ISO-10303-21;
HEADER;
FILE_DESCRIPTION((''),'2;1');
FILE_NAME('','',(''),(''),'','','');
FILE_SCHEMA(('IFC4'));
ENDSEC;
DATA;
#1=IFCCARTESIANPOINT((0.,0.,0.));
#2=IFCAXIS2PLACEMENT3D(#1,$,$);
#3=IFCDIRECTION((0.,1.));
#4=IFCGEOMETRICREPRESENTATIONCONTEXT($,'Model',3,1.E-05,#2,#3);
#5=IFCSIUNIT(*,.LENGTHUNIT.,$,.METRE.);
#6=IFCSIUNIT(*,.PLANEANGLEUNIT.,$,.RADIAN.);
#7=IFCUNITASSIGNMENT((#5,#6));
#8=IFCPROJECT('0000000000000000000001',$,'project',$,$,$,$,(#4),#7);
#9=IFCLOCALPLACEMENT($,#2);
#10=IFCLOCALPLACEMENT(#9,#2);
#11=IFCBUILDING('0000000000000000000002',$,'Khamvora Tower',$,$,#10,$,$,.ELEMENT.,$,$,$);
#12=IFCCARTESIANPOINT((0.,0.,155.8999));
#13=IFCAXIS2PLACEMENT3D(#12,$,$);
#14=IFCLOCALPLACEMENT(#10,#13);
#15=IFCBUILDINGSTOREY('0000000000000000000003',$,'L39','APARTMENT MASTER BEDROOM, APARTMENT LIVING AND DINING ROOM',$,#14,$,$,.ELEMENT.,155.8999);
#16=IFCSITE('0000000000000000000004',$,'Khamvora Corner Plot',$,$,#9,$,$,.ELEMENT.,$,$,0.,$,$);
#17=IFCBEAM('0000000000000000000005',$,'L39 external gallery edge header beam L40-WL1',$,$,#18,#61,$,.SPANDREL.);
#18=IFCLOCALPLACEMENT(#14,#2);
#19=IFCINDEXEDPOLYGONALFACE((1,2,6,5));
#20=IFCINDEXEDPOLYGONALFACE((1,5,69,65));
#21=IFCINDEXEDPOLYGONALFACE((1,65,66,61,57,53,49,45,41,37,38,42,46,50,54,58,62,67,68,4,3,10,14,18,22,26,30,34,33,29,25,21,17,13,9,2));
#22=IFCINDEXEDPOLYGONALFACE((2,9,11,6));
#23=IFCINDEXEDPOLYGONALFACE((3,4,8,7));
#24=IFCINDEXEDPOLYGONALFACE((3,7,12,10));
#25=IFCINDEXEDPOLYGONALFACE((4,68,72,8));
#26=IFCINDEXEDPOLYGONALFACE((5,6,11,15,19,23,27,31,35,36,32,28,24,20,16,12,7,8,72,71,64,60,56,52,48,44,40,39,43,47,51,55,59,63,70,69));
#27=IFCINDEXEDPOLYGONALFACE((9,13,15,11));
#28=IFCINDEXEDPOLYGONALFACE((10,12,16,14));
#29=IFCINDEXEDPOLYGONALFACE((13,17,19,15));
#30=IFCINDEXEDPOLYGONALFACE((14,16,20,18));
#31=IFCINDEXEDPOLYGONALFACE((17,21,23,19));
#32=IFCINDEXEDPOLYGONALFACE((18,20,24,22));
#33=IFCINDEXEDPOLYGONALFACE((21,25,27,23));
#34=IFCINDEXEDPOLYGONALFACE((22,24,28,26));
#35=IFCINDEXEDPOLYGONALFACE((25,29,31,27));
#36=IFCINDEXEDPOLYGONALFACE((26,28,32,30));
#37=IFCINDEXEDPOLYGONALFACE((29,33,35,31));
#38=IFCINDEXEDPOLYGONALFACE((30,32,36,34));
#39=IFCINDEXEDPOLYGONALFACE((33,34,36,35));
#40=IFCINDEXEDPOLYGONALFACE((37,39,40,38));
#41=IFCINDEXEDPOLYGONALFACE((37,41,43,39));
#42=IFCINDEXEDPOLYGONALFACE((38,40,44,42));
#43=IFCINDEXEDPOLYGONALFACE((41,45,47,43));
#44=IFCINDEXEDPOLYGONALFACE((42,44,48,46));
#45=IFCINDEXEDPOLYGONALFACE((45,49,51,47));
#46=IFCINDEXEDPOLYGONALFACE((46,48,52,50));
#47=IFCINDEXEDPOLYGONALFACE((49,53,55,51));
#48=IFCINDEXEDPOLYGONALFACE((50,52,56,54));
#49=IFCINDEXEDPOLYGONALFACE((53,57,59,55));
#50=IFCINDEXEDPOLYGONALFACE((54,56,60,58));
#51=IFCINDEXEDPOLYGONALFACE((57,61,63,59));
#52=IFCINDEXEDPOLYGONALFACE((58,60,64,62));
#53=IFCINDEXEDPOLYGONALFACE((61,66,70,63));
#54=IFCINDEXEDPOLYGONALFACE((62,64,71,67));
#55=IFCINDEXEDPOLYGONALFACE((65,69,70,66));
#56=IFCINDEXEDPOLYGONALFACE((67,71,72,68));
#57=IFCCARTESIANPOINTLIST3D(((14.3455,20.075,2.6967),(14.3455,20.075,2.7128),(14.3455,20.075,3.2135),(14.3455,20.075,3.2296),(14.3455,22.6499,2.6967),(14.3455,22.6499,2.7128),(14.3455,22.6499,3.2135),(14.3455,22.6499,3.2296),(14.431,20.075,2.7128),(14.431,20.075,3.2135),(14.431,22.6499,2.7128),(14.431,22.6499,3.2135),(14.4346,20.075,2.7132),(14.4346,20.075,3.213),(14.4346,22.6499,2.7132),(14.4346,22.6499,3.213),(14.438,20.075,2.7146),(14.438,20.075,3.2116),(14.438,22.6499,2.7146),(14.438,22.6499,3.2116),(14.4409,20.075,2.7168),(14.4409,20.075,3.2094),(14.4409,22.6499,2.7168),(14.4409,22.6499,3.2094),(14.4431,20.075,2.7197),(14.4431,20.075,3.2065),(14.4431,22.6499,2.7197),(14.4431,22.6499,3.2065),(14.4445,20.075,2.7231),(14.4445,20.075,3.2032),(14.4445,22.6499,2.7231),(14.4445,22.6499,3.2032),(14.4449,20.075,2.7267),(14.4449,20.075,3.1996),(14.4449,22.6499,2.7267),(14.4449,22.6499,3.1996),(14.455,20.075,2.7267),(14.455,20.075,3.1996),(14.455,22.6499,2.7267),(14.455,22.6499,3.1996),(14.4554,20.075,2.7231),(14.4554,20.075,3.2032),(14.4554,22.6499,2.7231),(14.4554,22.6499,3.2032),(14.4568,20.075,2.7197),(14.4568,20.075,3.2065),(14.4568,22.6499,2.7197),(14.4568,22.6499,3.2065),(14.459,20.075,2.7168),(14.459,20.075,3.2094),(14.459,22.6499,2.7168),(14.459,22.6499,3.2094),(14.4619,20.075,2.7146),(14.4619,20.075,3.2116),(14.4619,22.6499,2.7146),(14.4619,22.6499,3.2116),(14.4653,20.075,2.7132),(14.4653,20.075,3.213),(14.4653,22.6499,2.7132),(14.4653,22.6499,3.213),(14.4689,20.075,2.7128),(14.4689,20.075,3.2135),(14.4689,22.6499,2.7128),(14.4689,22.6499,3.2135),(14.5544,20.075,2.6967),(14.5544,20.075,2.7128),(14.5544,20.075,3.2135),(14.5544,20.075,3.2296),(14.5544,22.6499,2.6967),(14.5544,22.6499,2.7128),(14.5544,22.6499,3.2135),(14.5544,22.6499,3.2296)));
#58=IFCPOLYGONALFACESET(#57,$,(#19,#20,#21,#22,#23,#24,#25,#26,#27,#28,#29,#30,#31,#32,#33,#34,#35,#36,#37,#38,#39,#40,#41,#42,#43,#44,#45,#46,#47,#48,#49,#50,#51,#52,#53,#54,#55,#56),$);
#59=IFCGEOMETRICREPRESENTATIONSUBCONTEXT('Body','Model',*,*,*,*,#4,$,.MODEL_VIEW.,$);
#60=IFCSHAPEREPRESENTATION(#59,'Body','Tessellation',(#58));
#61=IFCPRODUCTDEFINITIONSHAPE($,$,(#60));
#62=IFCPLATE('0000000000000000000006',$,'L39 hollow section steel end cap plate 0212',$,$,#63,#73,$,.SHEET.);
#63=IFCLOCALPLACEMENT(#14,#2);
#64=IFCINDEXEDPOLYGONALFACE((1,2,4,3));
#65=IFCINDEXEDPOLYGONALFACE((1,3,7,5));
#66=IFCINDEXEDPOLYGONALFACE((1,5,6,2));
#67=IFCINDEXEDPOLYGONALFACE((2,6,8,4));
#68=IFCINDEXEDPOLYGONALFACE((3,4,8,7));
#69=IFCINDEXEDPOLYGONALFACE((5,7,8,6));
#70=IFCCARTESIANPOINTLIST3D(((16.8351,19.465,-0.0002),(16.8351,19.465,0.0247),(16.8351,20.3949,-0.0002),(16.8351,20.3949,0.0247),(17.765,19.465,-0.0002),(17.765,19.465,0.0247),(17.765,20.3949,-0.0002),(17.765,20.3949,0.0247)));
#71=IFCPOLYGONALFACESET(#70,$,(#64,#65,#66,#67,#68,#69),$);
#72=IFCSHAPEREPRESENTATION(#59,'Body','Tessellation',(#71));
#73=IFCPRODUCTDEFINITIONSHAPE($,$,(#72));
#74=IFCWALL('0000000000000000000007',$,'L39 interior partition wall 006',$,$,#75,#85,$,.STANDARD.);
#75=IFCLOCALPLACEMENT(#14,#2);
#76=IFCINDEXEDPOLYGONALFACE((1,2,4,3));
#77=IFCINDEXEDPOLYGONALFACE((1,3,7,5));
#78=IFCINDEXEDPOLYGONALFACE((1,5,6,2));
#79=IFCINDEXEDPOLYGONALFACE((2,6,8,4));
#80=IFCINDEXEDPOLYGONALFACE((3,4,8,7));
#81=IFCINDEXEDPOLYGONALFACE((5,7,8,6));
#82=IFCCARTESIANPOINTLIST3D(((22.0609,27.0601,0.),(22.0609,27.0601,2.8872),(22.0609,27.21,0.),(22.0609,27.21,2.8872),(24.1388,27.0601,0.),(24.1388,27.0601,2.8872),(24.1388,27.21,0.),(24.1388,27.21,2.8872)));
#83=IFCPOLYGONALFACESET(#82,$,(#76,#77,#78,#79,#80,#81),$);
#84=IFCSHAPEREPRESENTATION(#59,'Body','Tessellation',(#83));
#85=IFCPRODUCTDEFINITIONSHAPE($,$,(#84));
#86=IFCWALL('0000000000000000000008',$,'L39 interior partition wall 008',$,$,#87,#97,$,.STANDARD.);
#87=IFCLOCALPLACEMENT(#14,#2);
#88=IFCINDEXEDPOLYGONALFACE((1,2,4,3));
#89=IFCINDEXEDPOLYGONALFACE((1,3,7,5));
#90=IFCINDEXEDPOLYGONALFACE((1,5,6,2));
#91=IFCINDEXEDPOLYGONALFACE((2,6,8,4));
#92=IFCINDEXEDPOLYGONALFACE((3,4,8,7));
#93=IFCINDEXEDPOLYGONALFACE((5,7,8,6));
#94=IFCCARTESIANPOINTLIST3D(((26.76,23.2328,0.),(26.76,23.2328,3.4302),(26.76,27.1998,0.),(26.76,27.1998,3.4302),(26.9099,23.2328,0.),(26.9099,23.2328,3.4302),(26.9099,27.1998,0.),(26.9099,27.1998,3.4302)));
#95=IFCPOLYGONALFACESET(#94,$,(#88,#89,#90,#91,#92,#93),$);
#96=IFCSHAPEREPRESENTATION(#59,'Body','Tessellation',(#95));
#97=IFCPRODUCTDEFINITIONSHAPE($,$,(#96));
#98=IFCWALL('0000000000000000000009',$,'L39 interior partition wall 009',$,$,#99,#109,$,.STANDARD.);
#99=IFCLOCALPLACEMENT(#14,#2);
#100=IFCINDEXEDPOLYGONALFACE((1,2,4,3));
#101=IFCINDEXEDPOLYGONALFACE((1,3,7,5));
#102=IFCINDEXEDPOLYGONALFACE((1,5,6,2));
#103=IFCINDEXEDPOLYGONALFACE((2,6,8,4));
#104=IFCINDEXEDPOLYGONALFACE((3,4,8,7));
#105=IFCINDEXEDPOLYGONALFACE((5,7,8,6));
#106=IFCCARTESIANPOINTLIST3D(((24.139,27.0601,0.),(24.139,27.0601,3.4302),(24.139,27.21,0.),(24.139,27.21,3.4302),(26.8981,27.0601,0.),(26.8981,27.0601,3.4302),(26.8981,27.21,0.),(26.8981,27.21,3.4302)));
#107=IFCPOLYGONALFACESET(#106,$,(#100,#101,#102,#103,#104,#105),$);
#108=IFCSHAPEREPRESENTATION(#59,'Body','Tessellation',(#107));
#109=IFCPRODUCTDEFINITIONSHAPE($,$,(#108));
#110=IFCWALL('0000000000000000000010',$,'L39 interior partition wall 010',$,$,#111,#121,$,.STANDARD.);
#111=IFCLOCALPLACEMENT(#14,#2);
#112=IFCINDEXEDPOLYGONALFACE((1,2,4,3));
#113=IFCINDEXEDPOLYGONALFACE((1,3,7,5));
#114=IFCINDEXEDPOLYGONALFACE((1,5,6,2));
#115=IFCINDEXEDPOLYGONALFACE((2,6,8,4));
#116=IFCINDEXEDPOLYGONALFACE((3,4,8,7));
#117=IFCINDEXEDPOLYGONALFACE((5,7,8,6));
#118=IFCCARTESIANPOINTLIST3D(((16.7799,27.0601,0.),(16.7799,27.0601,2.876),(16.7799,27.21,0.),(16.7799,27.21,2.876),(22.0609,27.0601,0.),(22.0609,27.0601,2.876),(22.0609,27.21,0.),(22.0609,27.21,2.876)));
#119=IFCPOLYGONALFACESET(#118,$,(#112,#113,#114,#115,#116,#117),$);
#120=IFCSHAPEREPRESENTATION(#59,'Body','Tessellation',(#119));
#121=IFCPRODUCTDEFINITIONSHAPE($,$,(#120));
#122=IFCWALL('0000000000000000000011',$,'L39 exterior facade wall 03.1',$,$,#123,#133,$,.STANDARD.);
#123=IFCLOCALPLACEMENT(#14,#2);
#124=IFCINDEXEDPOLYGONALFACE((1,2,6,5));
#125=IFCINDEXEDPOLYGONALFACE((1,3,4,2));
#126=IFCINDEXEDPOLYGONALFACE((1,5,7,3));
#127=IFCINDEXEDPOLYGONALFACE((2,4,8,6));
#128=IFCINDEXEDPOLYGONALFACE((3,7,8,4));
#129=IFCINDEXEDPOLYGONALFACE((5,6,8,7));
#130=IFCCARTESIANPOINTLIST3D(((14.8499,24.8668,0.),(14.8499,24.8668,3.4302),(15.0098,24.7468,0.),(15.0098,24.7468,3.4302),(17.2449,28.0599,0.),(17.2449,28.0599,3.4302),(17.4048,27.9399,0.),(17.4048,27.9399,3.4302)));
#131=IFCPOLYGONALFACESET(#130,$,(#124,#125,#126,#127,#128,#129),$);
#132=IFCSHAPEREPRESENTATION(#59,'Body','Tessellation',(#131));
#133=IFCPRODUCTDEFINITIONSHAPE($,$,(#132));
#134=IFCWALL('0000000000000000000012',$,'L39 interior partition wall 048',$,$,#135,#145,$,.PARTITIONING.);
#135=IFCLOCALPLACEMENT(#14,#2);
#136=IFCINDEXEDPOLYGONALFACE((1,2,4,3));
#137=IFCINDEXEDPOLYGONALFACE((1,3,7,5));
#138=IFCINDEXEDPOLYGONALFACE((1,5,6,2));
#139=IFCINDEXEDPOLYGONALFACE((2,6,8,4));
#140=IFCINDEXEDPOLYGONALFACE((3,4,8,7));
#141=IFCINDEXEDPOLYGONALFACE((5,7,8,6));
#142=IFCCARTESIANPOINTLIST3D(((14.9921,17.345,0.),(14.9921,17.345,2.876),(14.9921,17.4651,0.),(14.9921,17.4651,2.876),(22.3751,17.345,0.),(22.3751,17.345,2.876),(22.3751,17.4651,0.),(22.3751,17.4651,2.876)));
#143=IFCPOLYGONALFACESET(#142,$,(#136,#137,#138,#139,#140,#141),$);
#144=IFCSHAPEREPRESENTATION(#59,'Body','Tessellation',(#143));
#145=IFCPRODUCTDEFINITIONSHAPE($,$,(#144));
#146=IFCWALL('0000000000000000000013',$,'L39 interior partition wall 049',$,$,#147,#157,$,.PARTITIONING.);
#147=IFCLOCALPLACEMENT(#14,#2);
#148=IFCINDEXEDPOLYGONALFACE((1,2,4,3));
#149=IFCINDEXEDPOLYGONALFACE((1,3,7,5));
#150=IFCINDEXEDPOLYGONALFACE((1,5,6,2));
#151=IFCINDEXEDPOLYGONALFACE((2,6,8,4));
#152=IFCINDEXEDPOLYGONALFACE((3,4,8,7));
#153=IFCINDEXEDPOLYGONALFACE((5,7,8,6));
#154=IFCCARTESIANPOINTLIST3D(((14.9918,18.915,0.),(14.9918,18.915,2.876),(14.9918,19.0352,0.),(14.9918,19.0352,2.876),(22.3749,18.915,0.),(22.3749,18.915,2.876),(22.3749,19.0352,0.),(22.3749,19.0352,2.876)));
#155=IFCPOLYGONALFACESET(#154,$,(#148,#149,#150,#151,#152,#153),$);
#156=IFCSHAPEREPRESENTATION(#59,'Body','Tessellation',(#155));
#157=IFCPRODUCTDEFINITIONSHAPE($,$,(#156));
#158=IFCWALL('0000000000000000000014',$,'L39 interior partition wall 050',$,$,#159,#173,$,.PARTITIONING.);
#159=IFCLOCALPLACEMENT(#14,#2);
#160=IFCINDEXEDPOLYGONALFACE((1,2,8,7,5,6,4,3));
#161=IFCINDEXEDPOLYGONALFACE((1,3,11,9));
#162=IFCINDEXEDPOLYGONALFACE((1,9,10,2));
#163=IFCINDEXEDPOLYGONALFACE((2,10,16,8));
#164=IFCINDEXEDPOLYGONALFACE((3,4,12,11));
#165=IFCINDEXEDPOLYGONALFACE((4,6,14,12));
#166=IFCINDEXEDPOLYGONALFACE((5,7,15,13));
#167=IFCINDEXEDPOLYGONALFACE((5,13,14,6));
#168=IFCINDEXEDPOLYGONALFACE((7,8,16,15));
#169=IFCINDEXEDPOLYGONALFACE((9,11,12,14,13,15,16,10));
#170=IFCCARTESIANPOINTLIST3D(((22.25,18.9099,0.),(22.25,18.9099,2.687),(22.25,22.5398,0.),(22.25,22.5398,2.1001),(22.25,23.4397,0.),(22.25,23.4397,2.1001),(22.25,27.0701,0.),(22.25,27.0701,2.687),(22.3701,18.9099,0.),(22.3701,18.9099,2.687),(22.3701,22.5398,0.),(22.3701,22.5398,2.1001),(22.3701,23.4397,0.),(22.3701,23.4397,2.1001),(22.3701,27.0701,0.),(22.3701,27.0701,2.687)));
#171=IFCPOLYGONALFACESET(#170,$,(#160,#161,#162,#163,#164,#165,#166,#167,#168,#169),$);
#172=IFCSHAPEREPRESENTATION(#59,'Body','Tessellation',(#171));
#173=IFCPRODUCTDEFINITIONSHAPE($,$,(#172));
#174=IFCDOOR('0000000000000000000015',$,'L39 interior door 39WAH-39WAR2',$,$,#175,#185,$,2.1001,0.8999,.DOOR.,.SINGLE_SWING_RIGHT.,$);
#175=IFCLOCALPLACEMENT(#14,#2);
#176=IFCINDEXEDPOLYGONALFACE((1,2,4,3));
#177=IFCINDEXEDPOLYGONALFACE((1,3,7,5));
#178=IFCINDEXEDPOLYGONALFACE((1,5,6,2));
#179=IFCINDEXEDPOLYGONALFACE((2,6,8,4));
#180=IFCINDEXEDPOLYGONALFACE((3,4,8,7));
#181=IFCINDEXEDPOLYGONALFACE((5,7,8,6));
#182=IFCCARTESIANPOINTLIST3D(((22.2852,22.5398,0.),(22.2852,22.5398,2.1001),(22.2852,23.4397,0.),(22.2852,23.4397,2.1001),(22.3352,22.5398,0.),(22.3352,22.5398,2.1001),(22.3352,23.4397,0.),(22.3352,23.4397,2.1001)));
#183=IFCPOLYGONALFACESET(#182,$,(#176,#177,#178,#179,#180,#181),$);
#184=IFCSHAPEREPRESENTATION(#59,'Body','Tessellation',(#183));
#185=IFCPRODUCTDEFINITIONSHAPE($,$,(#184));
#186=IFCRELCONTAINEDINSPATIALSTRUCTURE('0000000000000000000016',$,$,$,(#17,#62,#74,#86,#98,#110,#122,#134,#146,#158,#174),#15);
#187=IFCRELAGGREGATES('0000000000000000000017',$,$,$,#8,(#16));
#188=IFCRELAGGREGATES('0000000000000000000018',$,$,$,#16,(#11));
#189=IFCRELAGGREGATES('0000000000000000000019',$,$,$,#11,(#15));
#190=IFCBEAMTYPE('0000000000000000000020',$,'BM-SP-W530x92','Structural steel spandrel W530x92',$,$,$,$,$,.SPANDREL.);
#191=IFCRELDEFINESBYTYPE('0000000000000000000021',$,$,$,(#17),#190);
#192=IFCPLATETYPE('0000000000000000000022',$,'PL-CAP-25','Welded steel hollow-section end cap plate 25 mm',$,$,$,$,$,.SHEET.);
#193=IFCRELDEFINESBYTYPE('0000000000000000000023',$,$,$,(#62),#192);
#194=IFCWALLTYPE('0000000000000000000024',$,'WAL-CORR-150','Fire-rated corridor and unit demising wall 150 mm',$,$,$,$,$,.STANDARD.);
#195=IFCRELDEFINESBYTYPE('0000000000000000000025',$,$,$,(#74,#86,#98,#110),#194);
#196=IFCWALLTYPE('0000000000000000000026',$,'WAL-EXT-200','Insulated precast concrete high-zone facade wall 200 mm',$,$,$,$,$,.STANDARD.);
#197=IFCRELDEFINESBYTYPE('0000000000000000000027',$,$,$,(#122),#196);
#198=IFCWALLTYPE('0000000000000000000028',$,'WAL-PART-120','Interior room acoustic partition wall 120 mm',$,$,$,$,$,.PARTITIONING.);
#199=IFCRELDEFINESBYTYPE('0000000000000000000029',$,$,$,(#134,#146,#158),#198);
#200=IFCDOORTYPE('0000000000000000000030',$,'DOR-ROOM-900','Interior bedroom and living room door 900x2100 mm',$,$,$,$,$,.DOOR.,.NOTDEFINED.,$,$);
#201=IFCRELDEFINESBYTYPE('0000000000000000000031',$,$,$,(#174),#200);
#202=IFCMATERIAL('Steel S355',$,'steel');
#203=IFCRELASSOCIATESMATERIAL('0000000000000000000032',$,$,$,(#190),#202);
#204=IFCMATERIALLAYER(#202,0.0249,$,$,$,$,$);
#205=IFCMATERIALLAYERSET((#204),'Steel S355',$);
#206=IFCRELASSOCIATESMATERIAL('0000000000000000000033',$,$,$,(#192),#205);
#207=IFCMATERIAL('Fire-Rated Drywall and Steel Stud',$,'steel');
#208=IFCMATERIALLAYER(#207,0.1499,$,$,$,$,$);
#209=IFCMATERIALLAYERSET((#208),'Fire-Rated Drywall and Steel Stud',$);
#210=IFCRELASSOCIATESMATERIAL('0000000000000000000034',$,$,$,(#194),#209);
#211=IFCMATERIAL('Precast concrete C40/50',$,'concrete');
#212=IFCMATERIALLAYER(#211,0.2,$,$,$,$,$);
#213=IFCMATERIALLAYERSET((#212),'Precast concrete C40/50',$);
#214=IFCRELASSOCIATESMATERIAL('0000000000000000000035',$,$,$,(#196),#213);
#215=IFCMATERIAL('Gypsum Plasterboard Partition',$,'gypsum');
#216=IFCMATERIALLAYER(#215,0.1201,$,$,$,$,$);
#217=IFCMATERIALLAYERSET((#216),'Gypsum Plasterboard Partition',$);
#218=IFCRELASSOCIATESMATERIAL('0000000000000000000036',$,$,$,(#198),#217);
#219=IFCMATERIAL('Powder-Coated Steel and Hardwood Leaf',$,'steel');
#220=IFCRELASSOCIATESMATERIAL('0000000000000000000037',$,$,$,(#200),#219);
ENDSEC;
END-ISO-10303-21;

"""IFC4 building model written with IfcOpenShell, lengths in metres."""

from ifc_helpers import new_model, si_unit, direction, frame, frame_2d, origin, origin_2d, place, context, subcontext, project, spatial, rectangle, i_section, extrude, material, layer, layer_set, material_profile, profile_set, type_object, element, fill, save


model = new_model("IFC4")

# Units and contexts
model_context = context("Model", 3, precision=1e-05, world=origin(), true_north=direction((0.0, 1.0)))
body_context = subcontext(model_context, "Body", "Model", "MODEL_VIEW")
ifc_project = project(units=[si_unit("LENGTHUNIT", "METRE"), si_unit("PLANEANGLEUNIT", "RADIAN")], contexts=[model_context])

# Site, building, storey
site_placement = place(None, origin())
site = spatial("IfcSite", under=ifc_project, at=site_placement, Name="Khamvora Corner Plot", CompositionType="ELEMENT", RefElevation=0.0)
building_placement = place(site_placement, origin())
building = spatial("IfcBuilding", under=site, at=building_placement, Name="Khamvora Tower", CompositionType="ELEMENT")
storey_placement = place(building_placement, frame((0.0, 0.0, 155.8999)))
storey = spatial("IfcBuildingStorey", under=building, at=storey_placement, Name="L39", Description="APARTMENT MASTER BEDROOM, APARTMENT LIVING AND DINING ROOM", CompositionType="ELEMENT", Elevation=155.8999)

# Shared definitions
ifc_material_1 = material(Name="Steel S355", Category="steel")

# Beam
ifc_material_profile_1 = material_profile(ifc_material_1, i_section(OverallWidth=0.209, OverallDepth=0.533, WebThickness=0.01, FlangeThickness=0.0161, FilletRadius=0.0139, at=origin_2d()), Name="W530x92")
ifc_profile_set_1 = profile_set([ifc_material_profile_1], Name="Steel S355")
beam_type_1 = type_object("IfcBeamType", Name="BM-SP-W530x92", Description="Structural steel spandrel W530x92", PredefinedType="SPANDREL", material=ifc_profile_set_1)
beam_1_placement = place(storey_placement, frame((14.45, 20.075, 2.9631), z_axis=(0.0, 1.0, 0.0), x_axis=(-1.0, 0.0, 0.0)))
element("IfcBeam", 1, at=beam_1_placement, inside=storey, type_object=beam_type_1, Name="L39 external gallery edge header beam L40-WL1", PredefinedType="SPANDREL", context=body_context, shape_type="SweptSolid", body=[
    extrude(i_section(OverallWidth=0.209, OverallDepth=0.533, WebThickness=0.01, FlangeThickness=0.0161, FilletRadius=0.0139, at=origin_2d()), origin(), (0.0, 0.0, 1.0), 2.575),
])

# Plate
ifc_layer_1 = layer(ifc_material_1, 0.0249)
ifc_layer_set_1 = layer_set([ifc_layer_1], Name="Steel S355")
plate_type = type_object("IfcPlateType", Name="PL-CAP-25", Description="Welded steel hollow-section end cap plate 25 mm", PredefinedType="SHEET", material=ifc_layer_set_1)
plate_placement = place(storey_placement, frame((17.3, 19.9299, -0.0002), z_axis=(0.0, 0.0, 1.0), x_axis=(1.0, 0.0, 0.0)))
element("IfcPlate", 2, at=plate_placement, inside=storey, type_object=plate_type, Name="L39 hollow section steel end cap plate 0212", PredefinedType="SHEET", context=body_context, shape_type="SweptSolid", body=[
    extrude(rectangle(XDim=0.9299, YDim=0.9299, at=origin_2d()), origin(), (0.0, 0.0, 1.0), 0.0249),
])

# Shared definitions
ifc_material_2 = material(Name="Fire-Rated Drywall and Steel Stud", Category="steel")
ifc_layer_2 = layer(ifc_material_2, 0.1499)
ifc_layer_set_2 = layer_set([ifc_layer_2], Name="Fire-Rated Drywall and Steel Stud")
wall_type_1 = type_object("IfcWallType", Name="WAL-CORR-150", Description="Fire-rated corridor and unit demising wall 150 mm", PredefinedType="STANDARD", material=ifc_layer_set_2)
ifc_material_3 = material(Name="Powder-Coated Steel and Hardwood Leaf", Category="steel")

# Walls
wall_1_placement = place(storey_placement, frame((24.1389, 27.135, 0.0), z_axis=(0.0, 0.0, 1.0), x_axis=(-1.0, 0.0, 0.0)))
element("IfcWall", 3, at=wall_1_placement, inside=storey, type_object=wall_type_1, Name="L39 interior partition wall 006", PredefinedType="STANDARD", context=body_context, shape_type="SweptSolid", body=[
    extrude(rectangle(XDim=2.0779, YDim=0.1499, at=frame_2d((1.0391, 0.0))), origin(), (0.0, 0.0, 1.0), 2.8872),
])
wall_2_placement = place(storey_placement, frame((26.835, 23.2329, 0.0), z_axis=(0.0, 0.0, 1.0), x_axis=(0.0, 1.0, 0.0)))
element("IfcWall", 4, at=wall_2_placement, inside=storey, type_object=wall_type_1, Name="L39 interior partition wall 008", PredefinedType="STANDARD", context=body_context, shape_type="SweptSolid", body=[
    extrude(rectangle(XDim=3.967, YDim=0.1499, at=frame_2d((1.9834, 0.0))), origin(), (0.0, 0.0, 1.0), 3.4302),
])
wall_3_placement = place(storey_placement, frame((26.8979, 27.135, 0.0), z_axis=(0.0, 0.0, 1.0), x_axis=(-1.0, 0.0, 0.0)))
element("IfcWall", 5, at=wall_3_placement, inside=storey, type_object=wall_type_1, Name="L39 interior partition wall 009", PredefinedType="STANDARD", context=body_context, shape_type="SweptSolid", body=[
    extrude(rectangle(XDim=2.759, YDim=0.1499, at=frame_2d((1.3794, 0.0))), origin(), (0.0, 0.0, 1.0), 3.4302),
])
wall_4_placement = place(storey_placement, frame((22.061, 27.135, 0.0), z_axis=(0.0, 0.0, 1.0), x_axis=(-1.0, 0.0, 0.0)))
element("IfcWall", 6, at=wall_4_placement, inside=storey, type_object=wall_type_1, Name="L39 interior partition wall 010", PredefinedType="STANDARD", context=body_context, shape_type="SweptSolid", body=[
    extrude(rectangle(XDim=5.281, YDim=0.1499, at=frame_2d((2.6406, 0.0))), origin(), (0.0, 0.0, 1.0), 2.876),
])
ifc_material_4 = material(Name="Precast concrete C40/50", Category="concrete")
ifc_layer_3 = layer(ifc_material_4, 0.2)
ifc_layer_set_3 = layer_set([ifc_layer_3], Name="Precast concrete C40/50")
wall_type_2 = type_object("IfcWallType", Name="WAL-EXT-200", Description="Insulated precast concrete high-zone facade wall 200 mm", PredefinedType="STANDARD", material=ifc_layer_set_3)
wall_5_placement = place(storey_placement, frame((14.9299, 24.8069, 0.0), z_axis=(0.0, 0.0, 1.0), x_axis=(0.600029, 0.799978, 0.0)))
element("IfcWall", 7, at=wall_5_placement, inside=storey, type_object=wall_type_2, Name="L39 exterior facade wall 03.1", PredefinedType="STANDARD", context=body_context, shape_type="SweptSolid", body=[
    extrude(rectangle(XDim=3.9915, YDim=0.2, at=frame_2d((1.9956, 0.0))), origin(), (0.0, 0.0, 1.0), 3.4302),
])
ifc_material_5 = material(Name="Gypsum Plasterboard Partition", Category="gypsum")
ifc_layer_4 = layer(ifc_material_5, 0.1201)
ifc_layer_set_4 = layer_set([ifc_layer_4], Name="Gypsum Plasterboard Partition")
wall_type_3 = type_object("IfcWallType", Name="WAL-PART-120", Description="Interior room acoustic partition wall 120 mm", PredefinedType="PARTITIONING", material=ifc_layer_set_4)
for number, where, z_axis, x_axis, name in (
    (8, (22.375, 17.405, 0.0), (0.0, 0.0, 1.0), (-1.0, 0.0, 0.0), "L39 interior partition wall 048"),
    (9, (14.9919, 18.9751, 0.0), (0.0, 0.0, 1.0), (1.0, 0.0, 0.0), "L39 interior partition wall 049"),
):
    element("IfcWall", number, at=place(storey_placement, frame(where, z_axis=z_axis, x_axis=x_axis)), inside=storey, type_object=wall_type_3, Name=name, PredefinedType="PARTITIONING", context=body_context, shape_type="SweptSolid", body=[
        extrude(rectangle(XDim=7.3831, YDim=0.1201, at=frame_2d((3.6914, 0.0))), origin(), (0.0, 0.0, 1.0), 2.876),
    ])

# Wall, opening, door
wall_6_placement = place(storey_placement, frame((22.3101, 18.9099, 0.0), z_axis=(0.0, 0.0, 1.0), x_axis=(0.0, 1.0, 0.0)))
wall_6 = element("IfcWall", 10, at=wall_6_placement, inside=storey, type_object=wall_type_3, Name="L39 interior partition wall 050", PredefinedType="PARTITIONING", context=body_context, shape_type="SweptSolid", body=[
    extrude(rectangle(XDim=8.1602, YDim=0.1201, at=frame_2d((4.0801, 0.0))), origin(), (0.0, 0.0, 1.0), 2.687),
])
opening_1_placement = place(wall_6_placement, frame((3.6299, 0.0, 0.0)))
opening_1 = element("IfcOpeningElement", 11, at=opening_1_placement, cuts=wall_6, PredefinedType="OPENING", context=body_context, shape_type="SweptSolid", body=[
    extrude(rectangle(XDim=0.8999, YDim=2.1001, at=frame_2d((0.45, 1.05))), frame((0.0, 0.0701, 0.0), z_axis=(0.0, -1.0, 0.0), x_axis=(1.0, 0.0, 0.0)), (0.0, 0.0, 1.0), 0.1401),
])
door_type_1 = type_object("IfcDoorType", Name="DOR-ROOM-900", Description="Interior bedroom and living room door 900x2100 mm", OperationType="NOTDEFINED", PredefinedType="DOOR", material=ifc_material_3)
door_1_placement = place(opening_1_placement, origin())
door_1 = element("IfcDoor", 12, at=door_1_placement, inside=storey, type_object=door_type_1, Name="L39 interior door 39WAH-39WAR2", OperationType="SINGLE_SWING_RIGHT", OverallHeight=2.1001, OverallWidth=0.8999, PredefinedType="DOOR", context=body_context, shape_type="SweptSolid", body=[
    extrude(rectangle(XDim=0.8999, YDim=2.1001, at=frame_2d((0.45, 1.05))), frame((0.0, 0.0249, 0.0), z_axis=(0.0, -1.0, 0.0), x_axis=(1.0, 0.0, 0.0)), (0.0, 0.0, 1.0), 0.05),
])
fill(opening_1, door_1)

save(model, "model.ifc")
